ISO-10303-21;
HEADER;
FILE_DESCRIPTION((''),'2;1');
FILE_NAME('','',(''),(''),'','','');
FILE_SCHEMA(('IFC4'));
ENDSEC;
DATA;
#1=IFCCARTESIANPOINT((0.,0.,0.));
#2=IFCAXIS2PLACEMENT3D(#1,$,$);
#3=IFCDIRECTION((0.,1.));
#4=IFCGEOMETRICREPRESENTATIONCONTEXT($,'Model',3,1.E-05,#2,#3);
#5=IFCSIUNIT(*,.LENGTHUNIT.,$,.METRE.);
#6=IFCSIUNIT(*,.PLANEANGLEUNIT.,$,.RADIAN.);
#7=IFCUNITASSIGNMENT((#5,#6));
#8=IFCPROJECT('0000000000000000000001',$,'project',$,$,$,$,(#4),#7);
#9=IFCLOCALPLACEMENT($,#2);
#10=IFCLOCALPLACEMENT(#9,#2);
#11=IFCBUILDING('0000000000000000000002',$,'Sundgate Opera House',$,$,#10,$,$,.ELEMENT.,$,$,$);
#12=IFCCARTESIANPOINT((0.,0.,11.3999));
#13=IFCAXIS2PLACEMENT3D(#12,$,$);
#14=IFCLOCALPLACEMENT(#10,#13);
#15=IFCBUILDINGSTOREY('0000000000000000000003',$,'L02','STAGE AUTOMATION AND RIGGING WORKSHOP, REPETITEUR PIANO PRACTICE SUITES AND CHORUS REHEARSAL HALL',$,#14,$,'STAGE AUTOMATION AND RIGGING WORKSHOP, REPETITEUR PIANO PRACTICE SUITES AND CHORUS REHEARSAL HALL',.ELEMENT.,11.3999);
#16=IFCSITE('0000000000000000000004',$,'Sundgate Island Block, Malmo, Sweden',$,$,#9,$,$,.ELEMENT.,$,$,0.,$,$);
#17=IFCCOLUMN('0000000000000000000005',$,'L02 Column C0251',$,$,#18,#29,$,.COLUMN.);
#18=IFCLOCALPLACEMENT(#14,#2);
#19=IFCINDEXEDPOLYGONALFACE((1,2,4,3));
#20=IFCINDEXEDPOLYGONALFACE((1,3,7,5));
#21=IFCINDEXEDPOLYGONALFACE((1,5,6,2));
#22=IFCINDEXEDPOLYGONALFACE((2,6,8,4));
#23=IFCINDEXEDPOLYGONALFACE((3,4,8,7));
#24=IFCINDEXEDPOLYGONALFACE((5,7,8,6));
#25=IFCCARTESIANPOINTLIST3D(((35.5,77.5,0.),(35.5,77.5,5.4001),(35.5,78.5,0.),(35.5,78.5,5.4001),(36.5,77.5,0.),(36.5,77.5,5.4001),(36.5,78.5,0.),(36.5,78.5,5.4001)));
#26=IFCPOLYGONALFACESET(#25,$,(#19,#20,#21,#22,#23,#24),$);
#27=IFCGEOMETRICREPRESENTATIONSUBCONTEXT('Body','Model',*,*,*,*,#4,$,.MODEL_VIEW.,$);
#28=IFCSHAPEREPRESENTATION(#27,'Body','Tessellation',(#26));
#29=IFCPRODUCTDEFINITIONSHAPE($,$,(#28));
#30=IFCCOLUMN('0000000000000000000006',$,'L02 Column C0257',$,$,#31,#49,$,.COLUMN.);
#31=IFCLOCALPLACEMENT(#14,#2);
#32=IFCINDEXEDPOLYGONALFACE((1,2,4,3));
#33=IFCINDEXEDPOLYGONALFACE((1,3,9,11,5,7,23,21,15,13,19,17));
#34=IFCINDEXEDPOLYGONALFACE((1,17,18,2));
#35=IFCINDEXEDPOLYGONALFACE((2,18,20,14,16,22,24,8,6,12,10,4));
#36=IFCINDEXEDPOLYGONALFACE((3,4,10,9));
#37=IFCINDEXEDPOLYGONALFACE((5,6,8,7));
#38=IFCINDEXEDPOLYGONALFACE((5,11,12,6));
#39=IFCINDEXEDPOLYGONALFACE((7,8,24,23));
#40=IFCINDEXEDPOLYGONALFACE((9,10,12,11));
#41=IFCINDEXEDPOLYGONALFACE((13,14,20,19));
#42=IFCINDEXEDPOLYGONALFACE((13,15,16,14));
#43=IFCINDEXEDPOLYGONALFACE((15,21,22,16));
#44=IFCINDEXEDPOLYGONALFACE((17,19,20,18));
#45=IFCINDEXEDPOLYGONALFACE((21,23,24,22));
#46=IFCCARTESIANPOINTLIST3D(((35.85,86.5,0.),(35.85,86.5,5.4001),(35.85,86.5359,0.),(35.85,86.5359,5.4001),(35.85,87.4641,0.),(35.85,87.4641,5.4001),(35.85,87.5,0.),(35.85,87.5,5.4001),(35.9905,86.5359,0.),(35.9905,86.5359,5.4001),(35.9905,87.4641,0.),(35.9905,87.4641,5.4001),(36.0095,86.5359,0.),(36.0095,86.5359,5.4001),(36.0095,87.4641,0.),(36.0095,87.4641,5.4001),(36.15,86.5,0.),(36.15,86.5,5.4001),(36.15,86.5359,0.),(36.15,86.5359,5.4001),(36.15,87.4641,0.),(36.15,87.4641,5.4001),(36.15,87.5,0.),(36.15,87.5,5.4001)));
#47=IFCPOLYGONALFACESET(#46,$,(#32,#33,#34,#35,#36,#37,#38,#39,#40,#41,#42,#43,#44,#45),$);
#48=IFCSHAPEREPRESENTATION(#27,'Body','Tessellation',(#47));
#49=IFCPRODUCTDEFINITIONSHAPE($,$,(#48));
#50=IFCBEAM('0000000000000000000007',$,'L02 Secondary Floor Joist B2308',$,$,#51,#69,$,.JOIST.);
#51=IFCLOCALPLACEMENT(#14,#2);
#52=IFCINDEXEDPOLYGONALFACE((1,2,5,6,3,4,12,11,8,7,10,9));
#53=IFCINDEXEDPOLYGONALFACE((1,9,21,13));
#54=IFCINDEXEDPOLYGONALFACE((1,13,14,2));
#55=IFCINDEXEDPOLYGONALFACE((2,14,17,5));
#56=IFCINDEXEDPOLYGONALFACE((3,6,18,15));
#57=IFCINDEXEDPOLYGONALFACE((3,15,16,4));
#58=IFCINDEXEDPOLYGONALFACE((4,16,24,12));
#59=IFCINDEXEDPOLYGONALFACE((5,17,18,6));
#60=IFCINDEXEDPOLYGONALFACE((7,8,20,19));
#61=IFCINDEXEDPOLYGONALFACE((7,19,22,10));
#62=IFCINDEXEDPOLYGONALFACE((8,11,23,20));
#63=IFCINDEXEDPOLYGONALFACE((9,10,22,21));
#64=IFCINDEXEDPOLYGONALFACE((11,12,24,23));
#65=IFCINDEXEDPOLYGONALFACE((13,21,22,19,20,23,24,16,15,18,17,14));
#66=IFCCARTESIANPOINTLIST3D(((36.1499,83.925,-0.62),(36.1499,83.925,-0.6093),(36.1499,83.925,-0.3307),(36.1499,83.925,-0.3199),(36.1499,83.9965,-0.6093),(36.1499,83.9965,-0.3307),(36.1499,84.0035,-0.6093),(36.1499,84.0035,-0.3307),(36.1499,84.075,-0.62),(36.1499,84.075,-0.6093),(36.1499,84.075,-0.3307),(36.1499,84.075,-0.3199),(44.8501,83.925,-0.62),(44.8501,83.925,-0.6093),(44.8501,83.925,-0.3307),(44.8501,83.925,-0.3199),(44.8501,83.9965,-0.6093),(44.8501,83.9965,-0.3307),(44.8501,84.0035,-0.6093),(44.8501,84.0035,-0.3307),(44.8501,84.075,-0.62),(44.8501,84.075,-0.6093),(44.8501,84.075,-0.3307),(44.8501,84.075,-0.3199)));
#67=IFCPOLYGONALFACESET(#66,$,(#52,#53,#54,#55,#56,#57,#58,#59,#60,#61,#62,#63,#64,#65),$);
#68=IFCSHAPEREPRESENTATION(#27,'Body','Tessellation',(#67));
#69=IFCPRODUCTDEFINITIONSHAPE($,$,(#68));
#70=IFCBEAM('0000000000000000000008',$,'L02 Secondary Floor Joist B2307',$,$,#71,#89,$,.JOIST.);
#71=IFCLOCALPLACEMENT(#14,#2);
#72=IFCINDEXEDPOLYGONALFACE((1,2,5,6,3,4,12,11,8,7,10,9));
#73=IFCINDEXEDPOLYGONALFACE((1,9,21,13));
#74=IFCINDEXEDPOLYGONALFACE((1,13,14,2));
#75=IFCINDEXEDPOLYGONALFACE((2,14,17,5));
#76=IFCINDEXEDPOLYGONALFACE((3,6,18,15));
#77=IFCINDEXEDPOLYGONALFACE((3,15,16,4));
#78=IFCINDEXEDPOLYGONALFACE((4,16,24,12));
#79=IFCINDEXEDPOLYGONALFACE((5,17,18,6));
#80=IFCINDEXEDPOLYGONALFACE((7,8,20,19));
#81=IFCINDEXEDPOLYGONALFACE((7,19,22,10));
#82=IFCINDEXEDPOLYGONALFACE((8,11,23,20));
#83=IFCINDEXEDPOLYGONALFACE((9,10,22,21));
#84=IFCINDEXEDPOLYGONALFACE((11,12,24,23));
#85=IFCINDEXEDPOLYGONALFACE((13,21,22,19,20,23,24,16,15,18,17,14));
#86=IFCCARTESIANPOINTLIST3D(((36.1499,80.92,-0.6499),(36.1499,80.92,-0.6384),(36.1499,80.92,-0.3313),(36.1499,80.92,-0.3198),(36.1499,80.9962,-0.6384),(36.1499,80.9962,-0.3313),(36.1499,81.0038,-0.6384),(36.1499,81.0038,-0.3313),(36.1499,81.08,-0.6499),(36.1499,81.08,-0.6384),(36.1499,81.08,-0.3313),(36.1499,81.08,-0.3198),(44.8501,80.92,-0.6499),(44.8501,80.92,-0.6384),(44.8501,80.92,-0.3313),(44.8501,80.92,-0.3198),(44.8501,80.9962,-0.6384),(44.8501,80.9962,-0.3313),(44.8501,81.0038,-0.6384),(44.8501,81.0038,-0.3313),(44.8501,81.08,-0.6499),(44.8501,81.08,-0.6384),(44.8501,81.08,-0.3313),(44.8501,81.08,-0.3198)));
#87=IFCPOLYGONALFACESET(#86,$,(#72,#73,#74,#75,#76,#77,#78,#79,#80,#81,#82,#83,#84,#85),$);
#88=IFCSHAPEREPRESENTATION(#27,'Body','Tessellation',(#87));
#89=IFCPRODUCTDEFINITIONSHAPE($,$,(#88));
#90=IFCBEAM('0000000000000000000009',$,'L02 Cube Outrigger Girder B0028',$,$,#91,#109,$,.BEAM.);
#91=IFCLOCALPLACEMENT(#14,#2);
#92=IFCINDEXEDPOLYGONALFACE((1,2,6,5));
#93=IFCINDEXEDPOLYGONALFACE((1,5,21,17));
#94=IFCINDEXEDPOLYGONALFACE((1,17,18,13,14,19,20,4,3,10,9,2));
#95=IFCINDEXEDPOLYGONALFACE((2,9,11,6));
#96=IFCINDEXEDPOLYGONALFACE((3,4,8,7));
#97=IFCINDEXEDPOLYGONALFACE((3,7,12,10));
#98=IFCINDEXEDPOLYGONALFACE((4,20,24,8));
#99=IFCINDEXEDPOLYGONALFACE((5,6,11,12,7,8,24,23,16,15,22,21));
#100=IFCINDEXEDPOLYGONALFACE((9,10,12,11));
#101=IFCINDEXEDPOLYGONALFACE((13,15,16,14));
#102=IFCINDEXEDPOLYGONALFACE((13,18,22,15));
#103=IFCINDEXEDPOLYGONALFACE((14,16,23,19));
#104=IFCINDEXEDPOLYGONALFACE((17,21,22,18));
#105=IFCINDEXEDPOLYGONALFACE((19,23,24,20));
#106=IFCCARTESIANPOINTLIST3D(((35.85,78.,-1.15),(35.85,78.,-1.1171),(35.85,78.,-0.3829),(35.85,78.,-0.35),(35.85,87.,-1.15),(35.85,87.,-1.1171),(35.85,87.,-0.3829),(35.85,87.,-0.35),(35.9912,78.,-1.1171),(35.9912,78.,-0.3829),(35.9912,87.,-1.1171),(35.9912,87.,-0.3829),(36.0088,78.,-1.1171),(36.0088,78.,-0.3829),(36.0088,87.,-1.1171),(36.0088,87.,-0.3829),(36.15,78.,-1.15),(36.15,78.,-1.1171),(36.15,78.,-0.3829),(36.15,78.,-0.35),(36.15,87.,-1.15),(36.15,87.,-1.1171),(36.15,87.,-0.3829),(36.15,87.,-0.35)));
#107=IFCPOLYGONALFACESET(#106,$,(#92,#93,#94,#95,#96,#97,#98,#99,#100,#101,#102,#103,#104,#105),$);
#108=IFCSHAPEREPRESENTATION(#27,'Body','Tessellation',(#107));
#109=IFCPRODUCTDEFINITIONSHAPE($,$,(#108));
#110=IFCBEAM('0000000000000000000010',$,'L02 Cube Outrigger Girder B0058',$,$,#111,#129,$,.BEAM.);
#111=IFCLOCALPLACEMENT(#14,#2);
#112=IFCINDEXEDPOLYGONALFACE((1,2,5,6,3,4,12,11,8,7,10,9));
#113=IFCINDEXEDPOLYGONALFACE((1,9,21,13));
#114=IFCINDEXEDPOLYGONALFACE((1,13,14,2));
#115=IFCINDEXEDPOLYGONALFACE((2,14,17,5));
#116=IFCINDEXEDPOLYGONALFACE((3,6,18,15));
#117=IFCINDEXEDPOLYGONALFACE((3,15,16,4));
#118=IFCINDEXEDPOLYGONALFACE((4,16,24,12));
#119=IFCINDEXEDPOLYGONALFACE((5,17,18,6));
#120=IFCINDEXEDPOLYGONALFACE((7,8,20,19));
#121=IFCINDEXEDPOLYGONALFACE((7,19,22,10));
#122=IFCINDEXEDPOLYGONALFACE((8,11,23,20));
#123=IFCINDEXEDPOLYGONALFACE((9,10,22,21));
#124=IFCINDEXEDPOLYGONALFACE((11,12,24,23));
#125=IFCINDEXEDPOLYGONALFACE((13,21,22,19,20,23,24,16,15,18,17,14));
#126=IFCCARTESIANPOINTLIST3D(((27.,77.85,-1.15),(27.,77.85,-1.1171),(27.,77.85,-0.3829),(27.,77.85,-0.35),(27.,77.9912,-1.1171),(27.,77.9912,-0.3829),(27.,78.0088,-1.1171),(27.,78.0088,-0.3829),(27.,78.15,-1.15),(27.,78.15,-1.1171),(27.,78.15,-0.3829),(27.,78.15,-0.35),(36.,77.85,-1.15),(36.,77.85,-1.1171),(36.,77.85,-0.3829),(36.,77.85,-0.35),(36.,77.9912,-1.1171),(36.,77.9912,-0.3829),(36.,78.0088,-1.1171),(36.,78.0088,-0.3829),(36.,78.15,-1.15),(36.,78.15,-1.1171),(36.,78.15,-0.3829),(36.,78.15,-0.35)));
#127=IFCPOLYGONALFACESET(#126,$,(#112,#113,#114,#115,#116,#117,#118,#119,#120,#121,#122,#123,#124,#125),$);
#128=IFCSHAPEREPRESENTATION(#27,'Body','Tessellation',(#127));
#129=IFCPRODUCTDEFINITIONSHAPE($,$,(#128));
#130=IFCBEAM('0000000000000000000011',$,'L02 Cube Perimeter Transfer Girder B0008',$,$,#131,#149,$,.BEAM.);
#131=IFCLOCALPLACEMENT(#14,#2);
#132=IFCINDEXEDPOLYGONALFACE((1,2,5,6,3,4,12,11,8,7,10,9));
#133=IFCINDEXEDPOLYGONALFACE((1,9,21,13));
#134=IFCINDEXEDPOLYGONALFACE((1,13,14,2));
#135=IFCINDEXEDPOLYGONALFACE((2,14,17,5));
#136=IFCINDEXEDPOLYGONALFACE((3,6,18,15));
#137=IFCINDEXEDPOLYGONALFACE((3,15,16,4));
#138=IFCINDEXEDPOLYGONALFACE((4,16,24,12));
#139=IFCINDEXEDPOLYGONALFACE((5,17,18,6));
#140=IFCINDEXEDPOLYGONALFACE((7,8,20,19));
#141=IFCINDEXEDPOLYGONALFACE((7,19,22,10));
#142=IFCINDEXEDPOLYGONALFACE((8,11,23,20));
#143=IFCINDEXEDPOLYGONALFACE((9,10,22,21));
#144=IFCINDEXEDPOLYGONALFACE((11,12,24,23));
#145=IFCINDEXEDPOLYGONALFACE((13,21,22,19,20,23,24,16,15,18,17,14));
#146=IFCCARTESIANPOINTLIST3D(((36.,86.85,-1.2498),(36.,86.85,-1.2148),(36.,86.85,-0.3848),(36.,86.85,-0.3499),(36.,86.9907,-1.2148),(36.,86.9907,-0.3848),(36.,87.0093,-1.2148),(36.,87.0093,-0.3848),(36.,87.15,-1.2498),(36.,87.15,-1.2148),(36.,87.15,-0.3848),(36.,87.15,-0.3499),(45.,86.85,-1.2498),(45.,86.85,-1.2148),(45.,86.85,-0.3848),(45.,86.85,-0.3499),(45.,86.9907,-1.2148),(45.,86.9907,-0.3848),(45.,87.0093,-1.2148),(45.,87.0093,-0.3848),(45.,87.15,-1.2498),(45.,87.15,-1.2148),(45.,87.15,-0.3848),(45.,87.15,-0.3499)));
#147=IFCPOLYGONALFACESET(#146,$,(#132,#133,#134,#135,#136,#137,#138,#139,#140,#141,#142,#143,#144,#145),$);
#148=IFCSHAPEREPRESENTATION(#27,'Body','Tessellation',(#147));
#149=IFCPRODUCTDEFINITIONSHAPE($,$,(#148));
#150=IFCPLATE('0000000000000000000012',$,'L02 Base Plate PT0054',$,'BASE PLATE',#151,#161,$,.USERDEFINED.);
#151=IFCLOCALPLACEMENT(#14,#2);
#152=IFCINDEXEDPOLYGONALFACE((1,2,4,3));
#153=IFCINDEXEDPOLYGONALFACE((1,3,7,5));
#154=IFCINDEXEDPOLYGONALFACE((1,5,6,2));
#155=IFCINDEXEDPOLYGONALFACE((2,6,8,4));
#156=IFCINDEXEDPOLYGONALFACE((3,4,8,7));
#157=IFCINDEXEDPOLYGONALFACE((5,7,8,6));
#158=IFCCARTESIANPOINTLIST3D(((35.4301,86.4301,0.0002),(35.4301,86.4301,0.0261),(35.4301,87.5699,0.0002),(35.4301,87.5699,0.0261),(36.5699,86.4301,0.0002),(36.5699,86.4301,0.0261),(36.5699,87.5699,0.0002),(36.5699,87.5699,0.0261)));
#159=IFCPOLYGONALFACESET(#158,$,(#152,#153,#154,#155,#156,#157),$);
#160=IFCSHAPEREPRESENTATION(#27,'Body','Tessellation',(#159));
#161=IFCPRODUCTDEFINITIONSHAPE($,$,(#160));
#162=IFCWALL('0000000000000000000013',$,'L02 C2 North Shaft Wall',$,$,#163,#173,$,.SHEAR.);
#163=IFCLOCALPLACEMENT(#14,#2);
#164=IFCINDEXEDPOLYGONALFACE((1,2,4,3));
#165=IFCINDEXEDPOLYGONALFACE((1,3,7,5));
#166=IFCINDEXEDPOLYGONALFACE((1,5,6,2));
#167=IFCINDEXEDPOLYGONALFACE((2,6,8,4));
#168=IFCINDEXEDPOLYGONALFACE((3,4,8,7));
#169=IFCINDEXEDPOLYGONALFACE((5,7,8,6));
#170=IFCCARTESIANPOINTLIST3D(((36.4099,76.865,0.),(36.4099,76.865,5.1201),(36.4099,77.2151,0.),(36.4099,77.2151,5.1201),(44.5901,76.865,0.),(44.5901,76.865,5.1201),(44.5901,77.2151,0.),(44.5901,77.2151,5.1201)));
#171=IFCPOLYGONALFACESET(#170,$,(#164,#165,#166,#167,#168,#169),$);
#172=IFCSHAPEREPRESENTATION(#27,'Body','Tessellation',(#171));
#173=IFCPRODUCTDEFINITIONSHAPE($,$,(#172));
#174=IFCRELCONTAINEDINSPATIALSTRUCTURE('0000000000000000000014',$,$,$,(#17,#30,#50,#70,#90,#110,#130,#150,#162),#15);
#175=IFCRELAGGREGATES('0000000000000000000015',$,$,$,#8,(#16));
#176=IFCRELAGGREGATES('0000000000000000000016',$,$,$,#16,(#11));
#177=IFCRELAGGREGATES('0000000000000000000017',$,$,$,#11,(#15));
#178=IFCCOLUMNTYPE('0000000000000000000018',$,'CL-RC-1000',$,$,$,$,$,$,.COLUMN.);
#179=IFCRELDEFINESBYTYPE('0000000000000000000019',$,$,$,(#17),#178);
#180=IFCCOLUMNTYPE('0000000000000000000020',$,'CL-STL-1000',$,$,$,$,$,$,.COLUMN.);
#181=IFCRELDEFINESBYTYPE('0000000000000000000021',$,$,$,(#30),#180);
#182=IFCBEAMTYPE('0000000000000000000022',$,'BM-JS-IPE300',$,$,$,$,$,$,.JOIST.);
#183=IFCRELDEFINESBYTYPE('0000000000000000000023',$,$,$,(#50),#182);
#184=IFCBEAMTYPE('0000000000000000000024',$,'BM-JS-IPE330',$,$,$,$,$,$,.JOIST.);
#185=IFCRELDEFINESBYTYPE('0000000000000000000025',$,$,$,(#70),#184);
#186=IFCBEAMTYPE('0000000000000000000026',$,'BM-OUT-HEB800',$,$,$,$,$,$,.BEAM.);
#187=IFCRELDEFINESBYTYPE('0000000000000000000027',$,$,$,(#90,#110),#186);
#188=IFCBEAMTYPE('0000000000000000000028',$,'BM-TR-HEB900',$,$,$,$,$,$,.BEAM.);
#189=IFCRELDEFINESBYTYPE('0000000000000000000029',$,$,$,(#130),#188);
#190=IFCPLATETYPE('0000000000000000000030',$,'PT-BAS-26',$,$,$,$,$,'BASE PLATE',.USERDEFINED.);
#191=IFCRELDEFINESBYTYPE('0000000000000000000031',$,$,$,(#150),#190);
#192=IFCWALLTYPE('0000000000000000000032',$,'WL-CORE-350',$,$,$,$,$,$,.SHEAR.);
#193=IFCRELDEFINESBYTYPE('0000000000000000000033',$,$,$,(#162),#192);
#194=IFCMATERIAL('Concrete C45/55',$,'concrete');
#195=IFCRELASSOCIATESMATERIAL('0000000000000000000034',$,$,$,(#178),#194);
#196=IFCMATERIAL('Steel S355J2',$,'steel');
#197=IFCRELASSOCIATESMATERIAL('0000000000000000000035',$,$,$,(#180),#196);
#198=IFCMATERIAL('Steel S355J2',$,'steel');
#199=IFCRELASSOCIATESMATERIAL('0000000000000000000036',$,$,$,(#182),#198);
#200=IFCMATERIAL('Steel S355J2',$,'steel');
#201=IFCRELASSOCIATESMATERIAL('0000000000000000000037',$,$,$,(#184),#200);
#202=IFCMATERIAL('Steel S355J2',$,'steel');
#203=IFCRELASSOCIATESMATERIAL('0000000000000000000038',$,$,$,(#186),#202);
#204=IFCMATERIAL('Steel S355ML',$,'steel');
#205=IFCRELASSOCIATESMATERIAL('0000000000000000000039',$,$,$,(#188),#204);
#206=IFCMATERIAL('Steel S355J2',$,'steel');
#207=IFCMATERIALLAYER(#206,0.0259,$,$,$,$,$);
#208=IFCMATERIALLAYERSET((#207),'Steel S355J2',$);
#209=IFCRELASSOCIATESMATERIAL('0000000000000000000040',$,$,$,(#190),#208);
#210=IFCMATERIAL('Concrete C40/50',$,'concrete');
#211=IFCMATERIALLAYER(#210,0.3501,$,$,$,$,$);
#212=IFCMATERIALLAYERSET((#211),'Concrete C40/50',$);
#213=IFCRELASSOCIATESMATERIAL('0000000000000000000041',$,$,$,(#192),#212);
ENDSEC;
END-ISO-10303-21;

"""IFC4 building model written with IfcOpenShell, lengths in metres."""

from ifc_helpers import new_model, si_unit, direction, frame, frame_2d, origin, origin_2d, place, context, subcontext, project, spatial, rectangle, i_section, extrude, material, layer, layer_set, material_profile, profile_set, type_object, element, save


model = new_model("IFC4")

# Units and contexts
model_context = context("Model", 3, precision=1e-05, world=origin(), true_north=direction((0.0, 1.0)))
body_context = subcontext(model_context, "Body", "Model", "MODEL_VIEW")
ifc_project = project(units=[si_unit("LENGTHUNIT", "METRE"), si_unit("PLANEANGLEUNIT", "RADIAN")], contexts=[model_context])

# Site, building, storey
site_placement = place(None, origin())
site = spatial("IfcSite", under=ifc_project, at=site_placement, Name="Sundgate Island Block, Malmo, Sweden", CompositionType="ELEMENT", RefElevation=0.0)
building_placement = place(site_placement, origin())
building = spatial("IfcBuilding", under=site, at=building_placement, Name="Sundgate Opera House", CompositionType="ELEMENT")
storey_placement = place(building_placement, frame((0.0, 0.0, 11.3999)))
storey = spatial("IfcBuildingStorey", under=building, at=storey_placement, Name="L02", Description="STAGE AUTOMATION AND RIGGING WORKSHOP, REPETITEUR PIANO PRACTICE SUITES AND CHORUS REHEARSAL HALL", LongName="STAGE AUTOMATION AND RIGGING WORKSHOP, REPETITEUR PIANO PRACTICE SUITES AND CHORUS REHEARSAL HALL", CompositionType="ELEMENT", Elevation=11.3999)

# Columns
ifc_material_1 = material(Name="Concrete C45/55", Category="concrete")
ifc_material_profile_1 = material_profile(ifc_material_1, rectangle(XDim=1.0, YDim=1.0, at=origin_2d()), Name="RC 1000x1000")
ifc_profile_set_1 = profile_set([ifc_material_profile_1], Name="Concrete C45/55")
column_type_1 = type_object("IfcColumnType", Name="CL-RC-1000", PredefinedType="COLUMN", material=ifc_profile_set_1)
column_1_placement = place(storey_placement, frame((36.0, 78.0, 0.0), z_axis=(0.0, 0.0, 1.0), x_axis=(1.0, 0.0, 0.0)))
element("IfcColumn", 1, at=column_1_placement, inside=storey, type_object=column_type_1, Name="L02 Column C0251", PredefinedType="COLUMN", context=body_context, shape_type="SweptSolid", body=[
    extrude(rectangle(XDim=1.0, YDim=1.0, at=origin_2d()), origin(), (0.0, 0.0, 1.0), 5.4001),
])
ifc_material_2 = material(Name="Steel S355J2", Category="steel")
ifc_material_profile_2 = material_profile(ifc_material_2, i_section(OverallWidth=0.3, OverallDepth=1.0, WebThickness=0.019, FlangeThickness=0.0359, at=origin_2d()), Name="HEB 1000")
ifc_profile_set_2 = profile_set([ifc_material_profile_2], Name="Steel S355J2")
column_type_2 = type_object("IfcColumnType", Name="CL-STL-1000", PredefinedType="COLUMN", material=ifc_profile_set_2)
column_2_placement = place(storey_placement, frame((36.0, 87.0, 0.0), z_axis=(0.0, 0.0, 1.0), x_axis=(1.0, 0.0, 0.0)))
element("IfcColumn", 2, at=column_2_placement, inside=storey, type_object=column_type_2, Name="L02 Column C0257", PredefinedType="COLUMN", context=body_context, shape_type="SweptSolid", body=[
    extrude(i_section(OverallWidth=0.3, OverallDepth=1.0, WebThickness=0.019, FlangeThickness=0.0359, at=origin_2d()), origin(), (0.0, 0.0, 1.0), 5.4001),
])

# Beams
ifc_material_3 = material(Name="Steel S355J2", Category="steel")
ifc_material_profile_3 = material_profile(ifc_material_3, i_section(OverallWidth=0.1499, OverallDepth=0.3, WebThickness=0.0071, FlangeThickness=0.0107, at=origin_2d()), Name="IPE 300")
ifc_profile_set_3 = profile_set([ifc_material_profile_3], Name="Steel S355J2")
beam_type_1 = type_object("IfcBeamType", Name="BM-JS-IPE300", PredefinedType="JOIST", material=ifc_profile_set_3)
beam_1_placement = place(storey_placement, frame((36.1499, 84.0, -0.47), z_axis=(1.0, 0.0, 0.0), x_axis=(0.0, 1.0, 0.0)))
element("IfcBeam", 3, at=beam_1_placement, inside=storey, type_object=beam_type_1, Name="L02 Secondary Floor Joist B2308", PredefinedType="JOIST", context=body_context, shape_type="SweptSolid", body=[
    extrude(i_section(OverallWidth=0.1499, OverallDepth=0.3, WebThickness=0.0071, FlangeThickness=0.0107, at=origin_2d()), origin(), (0.0, 0.0, 1.0), 8.7002),
])
ifc_material_4 = material(Name="Steel S355J2", Category="steel")
ifc_material_profile_4 = material_profile(ifc_material_4, i_section(OverallWidth=0.1599, OverallDepth=0.3301, WebThickness=0.0076, FlangeThickness=0.0115, at=origin_2d()), Name="IPE 330")
ifc_profile_set_4 = profile_set([ifc_material_profile_4], Name="Steel S355J2")
beam_type_2 = type_object("IfcBeamType", Name="BM-JS-IPE330", PredefinedType="JOIST", material=ifc_profile_set_4)
beam_2_placement = place(storey_placement, frame((36.1499, 81.0, -0.4849), z_axis=(1.0, 0.0, 0.0), x_axis=(0.0, 1.0, 0.0)))
element("IfcBeam", 4, at=beam_2_placement, inside=storey, type_object=beam_type_2, Name="L02 Secondary Floor Joist B2307", PredefinedType="JOIST", context=body_context, shape_type="SweptSolid", body=[
    extrude(i_section(OverallWidth=0.1599, OverallDepth=0.3301, WebThickness=0.0076, FlangeThickness=0.0115, at=origin_2d()), origin(), (0.0, 0.0, 1.0), 8.7002),
])
ifc_material_5 = material(Name="Steel S355J2", Category="steel")
ifc_material_profile_5 = material_profile(ifc_material_5, i_section(OverallWidth=0.3, OverallDepth=0.8, WebThickness=0.0176, FlangeThickness=0.033, at=origin_2d()), Name="HEB 800")
ifc_profile_set_5 = profile_set([ifc_material_profile_5], Name="Steel S355J2")
beam_type_3 = type_object("IfcBeamType", Name="BM-OUT-HEB800", PredefinedType="BEAM", material=ifc_profile_set_5)
for number, where, z_axis, x_axis, name in (
    (5, (36.0, 78.0, -0.75), (0.0, 1.0, 0.0), (-1.0, 0.0, 0.0), "L02 Cube Outrigger Girder B0028"),
    (6, (36.0, 78.0, -0.75), (-1.0, 0.0, 0.0), (0.0, -1.0, 0.0), "L02 Cube Outrigger Girder B0058"),
):
    element("IfcBeam", number, at=place(storey_placement, frame(where, z_axis=z_axis, x_axis=x_axis)), inside=storey, type_object=beam_type_3, Name=name, PredefinedType="BEAM", context=body_context, shape_type="SweptSolid", body=[
        extrude(i_section(OverallWidth=0.3, OverallDepth=0.8, WebThickness=0.0176, FlangeThickness=0.033, at=origin_2d()), origin(), (0.0, 0.0, 1.0), 9.0),
    ])
ifc_material_6 = material(Name="Steel S355ML", Category="steel")
ifc_material_profile_6 = material_profile(ifc_material_6, i_section(OverallWidth=0.3, OverallDepth=0.8999, WebThickness=0.0186, FlangeThickness=0.0349, at=origin_2d()), Name="HEB 900")
ifc_profile_set_6 = profile_set([ifc_material_profile_6], Name="Steel S355ML")
beam_type_4 = type_object("IfcBeamType", Name="BM-TR-HEB900", PredefinedType="BEAM", material=ifc_profile_set_6)
beam_3_placement = place(storey_placement, frame((36.0, 87.0, -0.7998), z_axis=(1.0, 0.0, 0.0), x_axis=(0.0, 1.0, 0.0)))
element("IfcBeam", 7, at=beam_3_placement, inside=storey, type_object=beam_type_4, Name="L02 Cube Perimeter Transfer Girder B0008", PredefinedType="BEAM", context=body_context, shape_type="SweptSolid", body=[
    extrude(i_section(OverallWidth=0.3, OverallDepth=0.8999, WebThickness=0.0186, FlangeThickness=0.0349, at=origin_2d()), origin(), (0.0, 0.0, 1.0), 9.0),
])

# Plate
ifc_material_7 = material(Name="Steel S355J2", Category="steel")
ifc_layer_1 = layer(ifc_material_7, 0.0259)
ifc_layer_set_1 = layer_set([ifc_layer_1], Name="Steel S355J2")
plate_type = type_object("IfcPlateType", Name="PT-BAS-26", ElementType="BASE PLATE", PredefinedType="USERDEFINED", material=ifc_layer_set_1)
plate_placement = place(storey_placement, frame((36.0, 87.0, 0.0002), z_axis=(0.0, 0.0, 1.0), x_axis=(1.0, 0.0, 0.0)))
element("IfcPlate", 8, at=plate_placement, inside=storey, type_object=plate_type, Name="L02 Base Plate PT0054", ObjectType="BASE PLATE", PredefinedType="USERDEFINED", context=body_context, shape_type="SweptSolid", body=[
    extrude(rectangle(XDim=1.1399, YDim=1.1399, at=origin_2d()), origin(), (0.0, 0.0, 1.0), 0.0259),
])

# Wall
ifc_material_8 = material(Name="Concrete C40/50", Category="concrete")
ifc_layer_2 = layer(ifc_material_8, 0.3501)
ifc_layer_set_2 = layer_set([ifc_layer_2], Name="Concrete C40/50")
wall_type = type_object("IfcWallType", Name="WL-CORE-350", PredefinedType="SHEAR", material=ifc_layer_set_2)
wall_placement = place(storey_placement, frame((36.4099, 77.04, 0.0), z_axis=(0.0, 0.0, 1.0), x_axis=(1.0, 0.0, 0.0)))
element("IfcWall", 9, at=wall_placement, inside=storey, type_object=wall_type, Name="L02 C2 North Shaft Wall", PredefinedType="SHEAR", context=body_context, shape_type="SweptSolid", body=[
    extrude(rectangle(XDim=8.1802, YDim=0.3501, at=frame_2d((4.0901, 0.0))), origin(), (0.0, 0.0, 1.0), 5.1201),
])

save(model, "model.ifc")
